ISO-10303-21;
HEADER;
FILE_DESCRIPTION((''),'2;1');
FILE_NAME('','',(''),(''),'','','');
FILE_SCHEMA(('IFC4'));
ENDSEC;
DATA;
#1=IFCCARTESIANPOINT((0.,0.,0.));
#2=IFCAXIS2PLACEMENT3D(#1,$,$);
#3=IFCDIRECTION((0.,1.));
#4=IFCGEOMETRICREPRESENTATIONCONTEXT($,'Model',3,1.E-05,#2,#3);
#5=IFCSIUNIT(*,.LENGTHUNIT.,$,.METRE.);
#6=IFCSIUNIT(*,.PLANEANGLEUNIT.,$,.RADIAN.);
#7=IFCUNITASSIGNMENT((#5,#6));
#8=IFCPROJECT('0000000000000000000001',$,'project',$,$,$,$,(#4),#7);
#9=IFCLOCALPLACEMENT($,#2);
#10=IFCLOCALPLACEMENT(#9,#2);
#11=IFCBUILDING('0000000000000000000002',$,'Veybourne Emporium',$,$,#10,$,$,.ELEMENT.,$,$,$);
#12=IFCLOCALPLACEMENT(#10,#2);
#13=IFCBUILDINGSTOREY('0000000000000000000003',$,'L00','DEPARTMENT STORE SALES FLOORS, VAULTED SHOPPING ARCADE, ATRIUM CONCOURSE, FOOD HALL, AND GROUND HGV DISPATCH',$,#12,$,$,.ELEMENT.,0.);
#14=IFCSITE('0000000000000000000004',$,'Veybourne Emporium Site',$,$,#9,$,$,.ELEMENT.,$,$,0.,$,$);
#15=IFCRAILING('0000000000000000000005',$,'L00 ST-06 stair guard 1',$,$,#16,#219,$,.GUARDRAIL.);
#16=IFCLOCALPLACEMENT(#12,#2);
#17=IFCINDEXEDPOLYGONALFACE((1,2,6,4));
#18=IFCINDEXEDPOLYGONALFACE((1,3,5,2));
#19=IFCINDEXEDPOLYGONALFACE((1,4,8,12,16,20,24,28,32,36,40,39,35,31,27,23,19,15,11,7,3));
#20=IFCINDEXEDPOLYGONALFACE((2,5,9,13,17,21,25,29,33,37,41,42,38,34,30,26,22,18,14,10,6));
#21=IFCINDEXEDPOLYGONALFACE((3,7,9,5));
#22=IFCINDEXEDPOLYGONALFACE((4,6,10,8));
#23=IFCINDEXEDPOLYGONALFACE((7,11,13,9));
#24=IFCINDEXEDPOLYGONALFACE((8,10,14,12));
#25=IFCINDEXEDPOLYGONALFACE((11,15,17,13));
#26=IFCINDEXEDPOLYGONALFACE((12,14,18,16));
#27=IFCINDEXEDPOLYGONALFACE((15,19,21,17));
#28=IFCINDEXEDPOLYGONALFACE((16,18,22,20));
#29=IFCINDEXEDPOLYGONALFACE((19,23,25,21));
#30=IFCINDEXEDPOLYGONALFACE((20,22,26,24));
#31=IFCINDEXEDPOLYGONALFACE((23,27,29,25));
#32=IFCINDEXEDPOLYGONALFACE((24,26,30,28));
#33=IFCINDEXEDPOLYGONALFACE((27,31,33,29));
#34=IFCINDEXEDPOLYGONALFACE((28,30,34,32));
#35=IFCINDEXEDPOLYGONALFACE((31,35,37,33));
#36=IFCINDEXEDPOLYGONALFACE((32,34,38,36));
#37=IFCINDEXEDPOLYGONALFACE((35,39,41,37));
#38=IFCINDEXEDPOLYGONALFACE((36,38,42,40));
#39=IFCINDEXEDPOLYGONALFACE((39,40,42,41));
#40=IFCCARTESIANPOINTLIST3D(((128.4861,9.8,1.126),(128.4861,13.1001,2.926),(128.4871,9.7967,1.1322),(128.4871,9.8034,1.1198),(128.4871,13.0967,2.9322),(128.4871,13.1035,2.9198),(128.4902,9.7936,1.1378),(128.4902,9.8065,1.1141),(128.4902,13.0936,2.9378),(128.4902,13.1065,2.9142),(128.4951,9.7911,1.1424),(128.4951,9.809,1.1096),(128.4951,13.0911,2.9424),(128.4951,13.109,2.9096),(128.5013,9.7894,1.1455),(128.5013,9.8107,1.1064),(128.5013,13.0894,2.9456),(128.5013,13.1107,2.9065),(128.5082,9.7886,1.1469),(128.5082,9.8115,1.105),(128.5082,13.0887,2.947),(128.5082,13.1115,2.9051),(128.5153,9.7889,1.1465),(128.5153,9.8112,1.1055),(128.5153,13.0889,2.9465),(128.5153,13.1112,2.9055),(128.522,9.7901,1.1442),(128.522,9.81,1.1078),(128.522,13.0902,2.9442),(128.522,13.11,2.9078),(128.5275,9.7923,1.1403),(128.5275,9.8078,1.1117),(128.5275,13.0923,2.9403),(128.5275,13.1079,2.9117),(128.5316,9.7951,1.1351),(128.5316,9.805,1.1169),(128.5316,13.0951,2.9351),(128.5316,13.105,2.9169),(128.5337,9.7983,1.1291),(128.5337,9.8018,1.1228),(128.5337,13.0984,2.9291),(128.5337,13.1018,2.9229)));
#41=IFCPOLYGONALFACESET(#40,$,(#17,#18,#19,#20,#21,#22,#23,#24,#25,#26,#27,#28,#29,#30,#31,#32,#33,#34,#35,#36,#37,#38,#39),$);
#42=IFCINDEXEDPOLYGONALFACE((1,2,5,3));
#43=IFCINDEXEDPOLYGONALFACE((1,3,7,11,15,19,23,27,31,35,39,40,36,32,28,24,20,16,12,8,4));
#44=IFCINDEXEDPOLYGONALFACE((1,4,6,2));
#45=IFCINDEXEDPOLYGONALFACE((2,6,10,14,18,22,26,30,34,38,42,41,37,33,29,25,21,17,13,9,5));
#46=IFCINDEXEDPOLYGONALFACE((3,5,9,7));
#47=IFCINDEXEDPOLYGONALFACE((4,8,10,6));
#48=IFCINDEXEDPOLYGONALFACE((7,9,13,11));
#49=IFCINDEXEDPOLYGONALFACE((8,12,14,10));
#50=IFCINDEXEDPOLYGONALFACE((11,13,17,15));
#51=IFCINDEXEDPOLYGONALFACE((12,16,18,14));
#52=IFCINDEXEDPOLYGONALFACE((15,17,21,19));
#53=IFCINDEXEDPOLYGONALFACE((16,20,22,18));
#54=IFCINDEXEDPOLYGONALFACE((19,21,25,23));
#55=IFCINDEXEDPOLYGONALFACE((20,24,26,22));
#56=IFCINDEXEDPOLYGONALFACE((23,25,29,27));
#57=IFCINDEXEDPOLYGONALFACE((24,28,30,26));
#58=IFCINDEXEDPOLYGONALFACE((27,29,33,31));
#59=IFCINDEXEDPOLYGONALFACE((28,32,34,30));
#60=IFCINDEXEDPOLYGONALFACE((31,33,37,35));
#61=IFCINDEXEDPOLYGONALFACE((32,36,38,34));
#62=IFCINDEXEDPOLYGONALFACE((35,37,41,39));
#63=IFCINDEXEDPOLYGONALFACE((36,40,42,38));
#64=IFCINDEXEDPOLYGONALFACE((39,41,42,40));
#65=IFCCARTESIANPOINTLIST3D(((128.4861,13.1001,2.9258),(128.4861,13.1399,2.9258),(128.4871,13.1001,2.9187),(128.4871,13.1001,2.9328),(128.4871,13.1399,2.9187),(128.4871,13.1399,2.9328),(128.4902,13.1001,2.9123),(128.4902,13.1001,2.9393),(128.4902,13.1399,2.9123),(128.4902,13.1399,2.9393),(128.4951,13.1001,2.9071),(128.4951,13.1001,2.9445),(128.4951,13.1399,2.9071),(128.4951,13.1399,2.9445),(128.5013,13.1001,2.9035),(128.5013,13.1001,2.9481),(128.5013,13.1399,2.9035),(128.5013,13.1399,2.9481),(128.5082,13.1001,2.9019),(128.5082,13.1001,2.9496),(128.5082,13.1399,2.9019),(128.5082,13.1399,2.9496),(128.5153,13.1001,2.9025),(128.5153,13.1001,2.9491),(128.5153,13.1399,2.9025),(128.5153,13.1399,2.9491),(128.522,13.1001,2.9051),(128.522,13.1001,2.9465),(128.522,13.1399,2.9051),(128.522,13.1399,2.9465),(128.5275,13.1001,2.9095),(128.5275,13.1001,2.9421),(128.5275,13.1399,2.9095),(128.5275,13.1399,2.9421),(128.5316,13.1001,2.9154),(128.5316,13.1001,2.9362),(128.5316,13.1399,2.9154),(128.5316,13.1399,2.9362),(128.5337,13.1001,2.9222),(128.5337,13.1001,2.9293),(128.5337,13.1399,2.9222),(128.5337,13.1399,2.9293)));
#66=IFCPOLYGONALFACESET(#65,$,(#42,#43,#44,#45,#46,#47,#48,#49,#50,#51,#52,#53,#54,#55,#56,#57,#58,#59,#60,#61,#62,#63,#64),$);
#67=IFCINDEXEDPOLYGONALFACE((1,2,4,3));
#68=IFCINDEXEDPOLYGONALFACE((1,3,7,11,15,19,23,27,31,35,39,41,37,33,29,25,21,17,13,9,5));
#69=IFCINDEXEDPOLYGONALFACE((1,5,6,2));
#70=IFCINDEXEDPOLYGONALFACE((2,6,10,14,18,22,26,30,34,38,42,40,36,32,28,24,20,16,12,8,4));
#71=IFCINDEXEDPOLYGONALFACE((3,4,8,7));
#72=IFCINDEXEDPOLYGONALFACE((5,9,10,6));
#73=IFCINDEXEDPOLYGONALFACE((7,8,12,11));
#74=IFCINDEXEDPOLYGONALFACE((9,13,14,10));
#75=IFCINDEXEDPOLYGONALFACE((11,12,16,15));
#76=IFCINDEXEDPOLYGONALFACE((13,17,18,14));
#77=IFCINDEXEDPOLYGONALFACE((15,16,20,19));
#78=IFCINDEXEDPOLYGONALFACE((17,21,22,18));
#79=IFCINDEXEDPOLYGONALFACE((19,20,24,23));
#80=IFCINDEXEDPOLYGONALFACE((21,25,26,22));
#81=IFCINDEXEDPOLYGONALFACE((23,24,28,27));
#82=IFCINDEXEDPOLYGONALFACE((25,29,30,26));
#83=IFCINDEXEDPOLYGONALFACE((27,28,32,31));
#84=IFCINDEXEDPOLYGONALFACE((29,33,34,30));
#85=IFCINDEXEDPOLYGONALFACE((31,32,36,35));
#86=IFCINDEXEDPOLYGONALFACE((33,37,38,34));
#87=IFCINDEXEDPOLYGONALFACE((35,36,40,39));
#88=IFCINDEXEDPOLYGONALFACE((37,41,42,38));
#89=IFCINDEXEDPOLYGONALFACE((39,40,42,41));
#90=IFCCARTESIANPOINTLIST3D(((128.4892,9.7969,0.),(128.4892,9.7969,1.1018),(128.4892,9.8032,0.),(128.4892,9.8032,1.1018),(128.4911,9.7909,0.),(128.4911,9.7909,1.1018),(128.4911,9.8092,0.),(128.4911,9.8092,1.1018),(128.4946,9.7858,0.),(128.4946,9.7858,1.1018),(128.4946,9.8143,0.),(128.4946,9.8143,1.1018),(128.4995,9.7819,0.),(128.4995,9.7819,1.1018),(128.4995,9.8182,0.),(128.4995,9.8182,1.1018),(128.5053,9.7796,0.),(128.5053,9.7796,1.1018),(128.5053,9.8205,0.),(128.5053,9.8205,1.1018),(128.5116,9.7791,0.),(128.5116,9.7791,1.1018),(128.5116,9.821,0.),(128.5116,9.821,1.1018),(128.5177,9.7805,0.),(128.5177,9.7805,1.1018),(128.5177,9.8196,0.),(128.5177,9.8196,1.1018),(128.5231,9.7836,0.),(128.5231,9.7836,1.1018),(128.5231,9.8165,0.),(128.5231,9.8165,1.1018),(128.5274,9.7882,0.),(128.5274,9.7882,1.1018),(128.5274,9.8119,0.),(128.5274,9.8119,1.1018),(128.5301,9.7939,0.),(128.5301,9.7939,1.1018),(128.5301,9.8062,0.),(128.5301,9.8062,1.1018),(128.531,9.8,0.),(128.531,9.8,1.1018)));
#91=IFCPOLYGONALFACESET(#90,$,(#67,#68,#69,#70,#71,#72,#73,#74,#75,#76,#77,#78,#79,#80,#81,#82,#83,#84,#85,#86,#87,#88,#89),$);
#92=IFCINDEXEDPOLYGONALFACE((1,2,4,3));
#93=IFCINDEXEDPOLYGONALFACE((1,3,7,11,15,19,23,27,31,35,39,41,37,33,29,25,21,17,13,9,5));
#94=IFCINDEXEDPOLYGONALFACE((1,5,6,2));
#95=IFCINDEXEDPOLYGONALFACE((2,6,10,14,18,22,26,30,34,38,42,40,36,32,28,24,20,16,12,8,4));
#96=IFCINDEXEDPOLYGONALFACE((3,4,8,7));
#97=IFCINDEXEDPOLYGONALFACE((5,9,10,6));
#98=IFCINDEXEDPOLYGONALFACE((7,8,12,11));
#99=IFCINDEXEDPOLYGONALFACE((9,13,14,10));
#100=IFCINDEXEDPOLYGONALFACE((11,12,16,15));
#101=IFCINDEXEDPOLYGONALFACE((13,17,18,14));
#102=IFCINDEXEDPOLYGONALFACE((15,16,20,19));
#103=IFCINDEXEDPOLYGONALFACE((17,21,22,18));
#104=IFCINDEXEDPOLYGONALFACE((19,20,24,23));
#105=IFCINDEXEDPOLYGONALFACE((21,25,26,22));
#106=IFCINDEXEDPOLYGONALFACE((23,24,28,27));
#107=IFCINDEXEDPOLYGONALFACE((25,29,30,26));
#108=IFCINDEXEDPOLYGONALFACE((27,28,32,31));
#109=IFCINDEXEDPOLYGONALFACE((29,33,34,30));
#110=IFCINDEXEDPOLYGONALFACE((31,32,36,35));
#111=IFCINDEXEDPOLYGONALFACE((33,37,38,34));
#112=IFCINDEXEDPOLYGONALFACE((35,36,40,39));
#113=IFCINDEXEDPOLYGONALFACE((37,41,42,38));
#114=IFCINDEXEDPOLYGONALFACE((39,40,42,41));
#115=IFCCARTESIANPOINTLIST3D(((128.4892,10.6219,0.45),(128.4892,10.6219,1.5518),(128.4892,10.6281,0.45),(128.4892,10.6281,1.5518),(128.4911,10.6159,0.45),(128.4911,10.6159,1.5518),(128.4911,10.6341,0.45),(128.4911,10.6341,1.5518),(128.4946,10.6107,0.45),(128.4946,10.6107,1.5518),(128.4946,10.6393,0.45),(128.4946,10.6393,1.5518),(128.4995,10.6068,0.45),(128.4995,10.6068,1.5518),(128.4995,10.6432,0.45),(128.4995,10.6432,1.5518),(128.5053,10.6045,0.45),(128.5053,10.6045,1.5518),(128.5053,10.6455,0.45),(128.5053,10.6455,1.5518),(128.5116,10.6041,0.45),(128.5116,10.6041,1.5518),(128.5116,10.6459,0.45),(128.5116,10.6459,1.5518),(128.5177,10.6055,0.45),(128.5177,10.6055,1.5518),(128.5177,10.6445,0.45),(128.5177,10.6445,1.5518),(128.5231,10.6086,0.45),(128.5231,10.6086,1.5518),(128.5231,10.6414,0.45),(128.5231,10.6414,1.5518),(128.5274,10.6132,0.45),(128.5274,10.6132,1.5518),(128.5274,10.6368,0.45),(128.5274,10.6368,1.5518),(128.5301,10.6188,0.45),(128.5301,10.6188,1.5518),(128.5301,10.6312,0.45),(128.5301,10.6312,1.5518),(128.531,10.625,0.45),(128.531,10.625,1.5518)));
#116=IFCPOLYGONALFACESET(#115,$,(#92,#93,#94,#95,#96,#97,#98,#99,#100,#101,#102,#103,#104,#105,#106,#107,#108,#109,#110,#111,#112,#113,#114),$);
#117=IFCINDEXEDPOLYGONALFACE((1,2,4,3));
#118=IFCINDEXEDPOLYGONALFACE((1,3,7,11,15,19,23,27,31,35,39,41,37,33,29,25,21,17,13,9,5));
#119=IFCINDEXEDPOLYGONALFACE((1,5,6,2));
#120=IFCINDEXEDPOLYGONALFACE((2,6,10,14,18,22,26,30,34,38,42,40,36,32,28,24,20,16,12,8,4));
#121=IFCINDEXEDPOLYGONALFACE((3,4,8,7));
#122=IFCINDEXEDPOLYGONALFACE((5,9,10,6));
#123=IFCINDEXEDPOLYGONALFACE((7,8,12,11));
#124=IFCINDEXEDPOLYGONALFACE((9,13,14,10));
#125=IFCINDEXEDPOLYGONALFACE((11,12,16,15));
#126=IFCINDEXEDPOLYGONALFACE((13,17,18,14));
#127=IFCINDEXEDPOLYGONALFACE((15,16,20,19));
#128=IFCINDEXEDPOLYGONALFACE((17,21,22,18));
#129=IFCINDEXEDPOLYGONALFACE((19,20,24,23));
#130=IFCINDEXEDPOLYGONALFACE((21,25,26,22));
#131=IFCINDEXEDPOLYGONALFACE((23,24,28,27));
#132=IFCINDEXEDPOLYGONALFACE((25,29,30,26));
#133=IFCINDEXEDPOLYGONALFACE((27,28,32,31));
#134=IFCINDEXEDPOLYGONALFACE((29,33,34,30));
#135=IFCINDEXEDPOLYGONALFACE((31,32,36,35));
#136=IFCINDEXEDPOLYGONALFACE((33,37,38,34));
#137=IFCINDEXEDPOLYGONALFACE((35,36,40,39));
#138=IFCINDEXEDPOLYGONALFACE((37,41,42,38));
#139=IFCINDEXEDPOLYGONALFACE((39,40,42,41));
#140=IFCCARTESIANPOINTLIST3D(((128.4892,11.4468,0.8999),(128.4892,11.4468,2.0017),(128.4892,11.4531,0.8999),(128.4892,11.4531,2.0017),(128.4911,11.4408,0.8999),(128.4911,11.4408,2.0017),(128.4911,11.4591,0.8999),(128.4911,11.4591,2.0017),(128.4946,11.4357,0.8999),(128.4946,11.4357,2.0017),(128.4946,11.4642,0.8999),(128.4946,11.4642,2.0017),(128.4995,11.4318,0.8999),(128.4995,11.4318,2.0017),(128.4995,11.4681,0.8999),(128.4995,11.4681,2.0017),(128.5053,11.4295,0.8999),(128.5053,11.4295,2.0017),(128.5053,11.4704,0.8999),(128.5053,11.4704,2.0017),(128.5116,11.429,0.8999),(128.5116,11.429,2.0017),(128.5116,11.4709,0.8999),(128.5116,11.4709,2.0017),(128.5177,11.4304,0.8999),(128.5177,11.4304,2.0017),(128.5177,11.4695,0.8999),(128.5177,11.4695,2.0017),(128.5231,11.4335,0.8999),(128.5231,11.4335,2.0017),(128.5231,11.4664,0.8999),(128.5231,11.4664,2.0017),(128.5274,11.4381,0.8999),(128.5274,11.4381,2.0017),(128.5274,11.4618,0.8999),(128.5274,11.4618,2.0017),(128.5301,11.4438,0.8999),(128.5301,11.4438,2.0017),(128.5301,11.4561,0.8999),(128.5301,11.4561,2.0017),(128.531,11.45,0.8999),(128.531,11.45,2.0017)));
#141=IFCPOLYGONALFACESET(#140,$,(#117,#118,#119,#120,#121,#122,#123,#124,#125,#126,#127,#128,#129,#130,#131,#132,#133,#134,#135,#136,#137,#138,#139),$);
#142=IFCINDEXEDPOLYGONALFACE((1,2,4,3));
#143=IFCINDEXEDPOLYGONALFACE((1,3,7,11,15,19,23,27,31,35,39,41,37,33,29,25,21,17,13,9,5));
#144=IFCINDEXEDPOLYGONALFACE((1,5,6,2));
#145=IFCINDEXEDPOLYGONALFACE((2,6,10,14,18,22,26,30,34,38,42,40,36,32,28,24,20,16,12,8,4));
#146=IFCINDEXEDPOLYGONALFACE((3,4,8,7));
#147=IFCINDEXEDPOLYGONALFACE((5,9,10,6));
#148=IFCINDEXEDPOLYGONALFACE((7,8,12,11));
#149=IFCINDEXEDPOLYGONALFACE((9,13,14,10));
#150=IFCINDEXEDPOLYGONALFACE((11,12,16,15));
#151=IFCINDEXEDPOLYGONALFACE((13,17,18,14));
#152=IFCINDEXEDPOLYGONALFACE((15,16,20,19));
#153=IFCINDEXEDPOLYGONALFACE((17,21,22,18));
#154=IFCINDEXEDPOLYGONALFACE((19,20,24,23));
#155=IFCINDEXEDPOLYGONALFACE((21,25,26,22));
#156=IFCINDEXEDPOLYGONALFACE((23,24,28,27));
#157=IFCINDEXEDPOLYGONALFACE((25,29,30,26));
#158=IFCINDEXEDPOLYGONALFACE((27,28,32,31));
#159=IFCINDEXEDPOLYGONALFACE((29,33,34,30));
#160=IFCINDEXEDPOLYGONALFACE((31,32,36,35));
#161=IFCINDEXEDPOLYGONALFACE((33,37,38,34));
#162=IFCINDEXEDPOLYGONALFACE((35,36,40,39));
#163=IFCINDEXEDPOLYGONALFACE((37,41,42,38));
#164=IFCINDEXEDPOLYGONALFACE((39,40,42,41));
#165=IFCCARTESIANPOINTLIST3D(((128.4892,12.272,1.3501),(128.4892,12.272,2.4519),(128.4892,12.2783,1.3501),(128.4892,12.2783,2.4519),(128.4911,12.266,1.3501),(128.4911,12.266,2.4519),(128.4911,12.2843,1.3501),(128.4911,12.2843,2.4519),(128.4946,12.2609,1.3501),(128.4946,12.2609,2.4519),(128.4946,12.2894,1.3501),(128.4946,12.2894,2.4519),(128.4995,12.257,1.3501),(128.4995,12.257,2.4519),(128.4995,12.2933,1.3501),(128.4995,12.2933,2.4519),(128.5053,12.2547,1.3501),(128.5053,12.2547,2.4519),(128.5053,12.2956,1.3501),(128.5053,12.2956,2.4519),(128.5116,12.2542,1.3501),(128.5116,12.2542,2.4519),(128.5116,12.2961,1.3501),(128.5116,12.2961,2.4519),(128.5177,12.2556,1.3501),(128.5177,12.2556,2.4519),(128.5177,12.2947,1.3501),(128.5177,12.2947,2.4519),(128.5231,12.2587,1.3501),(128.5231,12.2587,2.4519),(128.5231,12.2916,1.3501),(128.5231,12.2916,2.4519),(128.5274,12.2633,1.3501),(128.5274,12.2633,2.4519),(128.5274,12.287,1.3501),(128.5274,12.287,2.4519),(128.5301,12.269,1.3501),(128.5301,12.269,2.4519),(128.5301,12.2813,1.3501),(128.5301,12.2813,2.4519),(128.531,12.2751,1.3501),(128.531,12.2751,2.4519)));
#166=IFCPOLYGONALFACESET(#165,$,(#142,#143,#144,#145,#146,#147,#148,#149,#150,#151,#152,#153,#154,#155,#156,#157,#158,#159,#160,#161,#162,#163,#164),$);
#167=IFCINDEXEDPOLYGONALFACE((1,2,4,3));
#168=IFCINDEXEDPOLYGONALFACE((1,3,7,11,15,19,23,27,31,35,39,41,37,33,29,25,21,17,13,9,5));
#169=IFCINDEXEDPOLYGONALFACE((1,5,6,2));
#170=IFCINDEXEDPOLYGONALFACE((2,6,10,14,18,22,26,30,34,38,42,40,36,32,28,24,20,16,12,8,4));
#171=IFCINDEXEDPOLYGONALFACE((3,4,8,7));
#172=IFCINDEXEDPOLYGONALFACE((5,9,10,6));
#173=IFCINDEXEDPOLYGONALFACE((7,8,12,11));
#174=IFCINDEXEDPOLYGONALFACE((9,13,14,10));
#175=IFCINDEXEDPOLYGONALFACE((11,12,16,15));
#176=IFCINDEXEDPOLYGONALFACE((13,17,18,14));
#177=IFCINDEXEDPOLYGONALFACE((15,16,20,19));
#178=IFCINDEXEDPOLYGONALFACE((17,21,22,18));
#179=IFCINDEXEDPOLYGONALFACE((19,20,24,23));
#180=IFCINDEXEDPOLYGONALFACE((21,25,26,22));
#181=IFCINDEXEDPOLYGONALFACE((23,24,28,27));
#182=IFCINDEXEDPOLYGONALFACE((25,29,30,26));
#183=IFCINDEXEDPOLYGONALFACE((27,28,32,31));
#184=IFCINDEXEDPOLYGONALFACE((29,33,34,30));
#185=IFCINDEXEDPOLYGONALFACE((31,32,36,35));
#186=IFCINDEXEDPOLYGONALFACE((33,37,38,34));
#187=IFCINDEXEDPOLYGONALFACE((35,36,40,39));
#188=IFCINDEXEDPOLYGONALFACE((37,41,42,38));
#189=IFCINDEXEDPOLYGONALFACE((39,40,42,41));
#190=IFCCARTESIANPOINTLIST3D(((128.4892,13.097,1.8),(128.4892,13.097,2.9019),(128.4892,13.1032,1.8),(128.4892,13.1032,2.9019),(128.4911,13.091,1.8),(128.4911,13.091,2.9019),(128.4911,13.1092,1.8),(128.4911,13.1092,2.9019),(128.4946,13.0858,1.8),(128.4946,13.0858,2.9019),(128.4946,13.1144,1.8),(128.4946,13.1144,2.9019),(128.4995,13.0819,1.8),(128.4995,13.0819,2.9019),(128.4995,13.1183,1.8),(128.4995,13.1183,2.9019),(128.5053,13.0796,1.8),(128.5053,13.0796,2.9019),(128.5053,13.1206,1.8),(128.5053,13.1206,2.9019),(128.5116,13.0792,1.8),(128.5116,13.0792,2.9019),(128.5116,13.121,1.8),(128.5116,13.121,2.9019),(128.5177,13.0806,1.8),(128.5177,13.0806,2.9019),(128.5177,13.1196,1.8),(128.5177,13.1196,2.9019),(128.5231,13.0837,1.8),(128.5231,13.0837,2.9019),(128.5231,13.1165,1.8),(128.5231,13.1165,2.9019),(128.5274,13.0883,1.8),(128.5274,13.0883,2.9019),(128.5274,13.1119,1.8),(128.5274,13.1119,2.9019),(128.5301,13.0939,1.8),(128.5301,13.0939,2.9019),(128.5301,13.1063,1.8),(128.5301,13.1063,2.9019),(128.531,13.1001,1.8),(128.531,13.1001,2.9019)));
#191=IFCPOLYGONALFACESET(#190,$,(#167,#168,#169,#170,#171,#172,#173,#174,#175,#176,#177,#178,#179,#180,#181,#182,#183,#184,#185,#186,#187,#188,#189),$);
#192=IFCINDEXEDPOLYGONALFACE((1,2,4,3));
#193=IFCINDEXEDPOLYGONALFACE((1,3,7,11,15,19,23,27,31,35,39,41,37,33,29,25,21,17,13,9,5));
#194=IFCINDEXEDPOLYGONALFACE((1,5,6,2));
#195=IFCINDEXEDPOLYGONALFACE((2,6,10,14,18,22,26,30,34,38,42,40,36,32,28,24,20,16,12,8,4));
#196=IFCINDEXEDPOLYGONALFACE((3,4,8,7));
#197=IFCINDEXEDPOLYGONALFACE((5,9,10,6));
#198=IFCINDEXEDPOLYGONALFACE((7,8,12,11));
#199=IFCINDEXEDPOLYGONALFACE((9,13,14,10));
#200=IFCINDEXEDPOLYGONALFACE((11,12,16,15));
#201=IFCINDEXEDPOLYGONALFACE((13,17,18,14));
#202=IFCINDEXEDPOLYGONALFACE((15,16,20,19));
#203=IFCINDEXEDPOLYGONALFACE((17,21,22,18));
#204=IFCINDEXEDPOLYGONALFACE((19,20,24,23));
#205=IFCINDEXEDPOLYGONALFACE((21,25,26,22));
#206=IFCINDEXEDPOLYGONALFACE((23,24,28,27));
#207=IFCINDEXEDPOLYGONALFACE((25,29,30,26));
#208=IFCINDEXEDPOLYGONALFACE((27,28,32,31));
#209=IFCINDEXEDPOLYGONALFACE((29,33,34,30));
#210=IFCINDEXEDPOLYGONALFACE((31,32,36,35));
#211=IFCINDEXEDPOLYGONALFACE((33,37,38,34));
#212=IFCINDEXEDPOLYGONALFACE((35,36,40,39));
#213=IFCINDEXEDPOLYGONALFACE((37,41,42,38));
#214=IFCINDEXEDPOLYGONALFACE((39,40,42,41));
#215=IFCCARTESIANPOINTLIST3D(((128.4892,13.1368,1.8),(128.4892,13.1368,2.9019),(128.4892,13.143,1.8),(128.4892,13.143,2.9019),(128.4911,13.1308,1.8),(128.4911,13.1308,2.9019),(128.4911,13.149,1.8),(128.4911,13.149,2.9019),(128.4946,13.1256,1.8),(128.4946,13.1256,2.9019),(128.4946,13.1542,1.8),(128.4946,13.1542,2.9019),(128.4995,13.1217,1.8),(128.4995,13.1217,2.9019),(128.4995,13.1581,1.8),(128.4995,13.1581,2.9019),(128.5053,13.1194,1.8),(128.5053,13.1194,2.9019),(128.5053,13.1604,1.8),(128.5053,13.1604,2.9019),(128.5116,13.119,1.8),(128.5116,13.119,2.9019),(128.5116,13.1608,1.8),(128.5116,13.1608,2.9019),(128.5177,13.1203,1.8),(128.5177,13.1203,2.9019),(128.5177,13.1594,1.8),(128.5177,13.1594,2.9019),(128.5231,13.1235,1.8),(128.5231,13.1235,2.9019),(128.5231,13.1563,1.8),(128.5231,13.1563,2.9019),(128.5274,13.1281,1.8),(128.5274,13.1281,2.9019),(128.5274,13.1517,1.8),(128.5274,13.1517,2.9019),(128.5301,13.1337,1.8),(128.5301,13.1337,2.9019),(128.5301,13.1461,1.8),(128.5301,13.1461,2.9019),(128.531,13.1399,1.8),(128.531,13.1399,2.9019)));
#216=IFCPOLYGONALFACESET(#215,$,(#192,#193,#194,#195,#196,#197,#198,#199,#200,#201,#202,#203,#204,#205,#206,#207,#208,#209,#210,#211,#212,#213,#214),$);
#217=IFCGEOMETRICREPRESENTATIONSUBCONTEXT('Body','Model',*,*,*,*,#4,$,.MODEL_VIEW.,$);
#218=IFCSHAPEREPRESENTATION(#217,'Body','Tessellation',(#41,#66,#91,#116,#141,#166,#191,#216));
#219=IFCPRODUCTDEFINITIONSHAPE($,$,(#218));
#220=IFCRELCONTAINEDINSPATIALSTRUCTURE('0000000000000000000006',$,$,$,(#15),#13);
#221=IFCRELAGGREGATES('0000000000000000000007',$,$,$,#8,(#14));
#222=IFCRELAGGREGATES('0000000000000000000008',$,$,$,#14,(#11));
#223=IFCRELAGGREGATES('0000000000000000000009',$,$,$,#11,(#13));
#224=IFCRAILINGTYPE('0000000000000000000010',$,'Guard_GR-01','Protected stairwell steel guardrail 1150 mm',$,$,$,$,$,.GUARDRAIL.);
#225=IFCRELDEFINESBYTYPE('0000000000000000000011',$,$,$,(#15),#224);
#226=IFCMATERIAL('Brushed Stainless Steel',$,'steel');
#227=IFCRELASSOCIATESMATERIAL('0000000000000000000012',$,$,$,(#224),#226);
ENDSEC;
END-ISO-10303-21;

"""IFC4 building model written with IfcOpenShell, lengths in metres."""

from ifc_helpers import new_model, si_unit, direction, frame, origin, origin_2d, place, context, subcontext, project, spatial, circle, extrude, material, type_object, element, save


model = new_model("IFC4")

# Units and contexts
model_context = context("Model", 3, precision=1e-05, world=origin(), true_north=direction((0.0, 1.0)))
body_context = subcontext(model_context, "Body", "Model", "MODEL_VIEW")
ifc_project = project(units=[si_unit("LENGTHUNIT", "METRE"), si_unit("PLANEANGLEUNIT", "RADIAN")], contexts=[model_context])

# Site, building, storey
site_placement = place(None, origin())
site = spatial("IfcSite", under=ifc_project, at=site_placement, Name="Veybourne Emporium Site", CompositionType="ELEMENT", RefElevation=0.0)
building_placement = place(site_placement, origin())
building = spatial("IfcBuilding", under=site, at=building_placement, Name="Veybourne Emporium", CompositionType="ELEMENT")
storey_placement = place(building_placement, origin())
storey = spatial("IfcBuildingStorey", under=building, at=storey_placement, Name="L00", Description="DEPARTMENT STORE SALES FLOORS, VAULTED SHOPPING ARCADE, ATRIUM CONCOURSE, FOOD HALL, AND GROUND HGV DISPATCH", CompositionType="ELEMENT", Elevation=0.0)

# Railing
ifc_material_1 = material(Name="Brushed Stainless Steel", Category="steel")
railing_type_1 = type_object("IfcRailingType", Name="Guard_GR-01", Description="Protected stairwell steel guardrail 1150 mm", PredefinedType="GUARDRAIL", material=ifc_material_1)
railing_1_placement = place(storey_placement, frame((128.51, 9.8, 0.0)))
element("IfcRailing", 1, at=railing_1_placement, inside=storey, type_object=railing_type_1, Name="L00 ST-06 stair guard 1", PredefinedType="GUARDRAIL", context=body_context, shape_type="SweptSolid", body=[
    extrude(circle(Radius=0.0239, at=origin_2d()), frame((0.0, 0.0, 1.126), z_axis=(0.0, 0.877893, 0.478857), x_axis=(-1.0, 0.0, 0.0)), (0.0, 0.0, 1.0), 3.759),
    extrude(circle(Radius=0.0239, at=origin_2d()), frame((0.0, 3.3, 2.9258), z_axis=(0.0, 1.0, 0.0), x_axis=(-1.0, 0.0, 0.0)), (0.0, 0.0, 1.0), 0.0398),
    extrude(circle(Radius=0.021, at=origin_2d()), origin(), (0.0, 0.0, 1.0), 1.1018),
    extrude(circle(Radius=0.021, at=origin_2d()), frame((0.0, 0.825, 0.45)), (0.0, 0.0, 1.0), 1.1018),
    extrude(circle(Radius=0.021, at=origin_2d()), frame((0.0, 1.6499, 0.8999)), (0.0, 0.0, 1.0), 1.1018),
    extrude(circle(Radius=0.021, at=origin_2d()), frame((0.0, 2.4751, 1.3501)), (0.0, 0.0, 1.0), 1.1018),
    extrude(circle(Radius=0.021, at=origin_2d()), frame((0.0, 3.3, 1.8)), (0.0, 0.0, 1.0), 1.1018),
    extrude(circle(Radius=0.021, at=origin_2d()), frame((0.0, 3.3398, 1.8)), (0.0, 0.0, 1.0), 1.1018),
])

save(model, "model.ifc")
